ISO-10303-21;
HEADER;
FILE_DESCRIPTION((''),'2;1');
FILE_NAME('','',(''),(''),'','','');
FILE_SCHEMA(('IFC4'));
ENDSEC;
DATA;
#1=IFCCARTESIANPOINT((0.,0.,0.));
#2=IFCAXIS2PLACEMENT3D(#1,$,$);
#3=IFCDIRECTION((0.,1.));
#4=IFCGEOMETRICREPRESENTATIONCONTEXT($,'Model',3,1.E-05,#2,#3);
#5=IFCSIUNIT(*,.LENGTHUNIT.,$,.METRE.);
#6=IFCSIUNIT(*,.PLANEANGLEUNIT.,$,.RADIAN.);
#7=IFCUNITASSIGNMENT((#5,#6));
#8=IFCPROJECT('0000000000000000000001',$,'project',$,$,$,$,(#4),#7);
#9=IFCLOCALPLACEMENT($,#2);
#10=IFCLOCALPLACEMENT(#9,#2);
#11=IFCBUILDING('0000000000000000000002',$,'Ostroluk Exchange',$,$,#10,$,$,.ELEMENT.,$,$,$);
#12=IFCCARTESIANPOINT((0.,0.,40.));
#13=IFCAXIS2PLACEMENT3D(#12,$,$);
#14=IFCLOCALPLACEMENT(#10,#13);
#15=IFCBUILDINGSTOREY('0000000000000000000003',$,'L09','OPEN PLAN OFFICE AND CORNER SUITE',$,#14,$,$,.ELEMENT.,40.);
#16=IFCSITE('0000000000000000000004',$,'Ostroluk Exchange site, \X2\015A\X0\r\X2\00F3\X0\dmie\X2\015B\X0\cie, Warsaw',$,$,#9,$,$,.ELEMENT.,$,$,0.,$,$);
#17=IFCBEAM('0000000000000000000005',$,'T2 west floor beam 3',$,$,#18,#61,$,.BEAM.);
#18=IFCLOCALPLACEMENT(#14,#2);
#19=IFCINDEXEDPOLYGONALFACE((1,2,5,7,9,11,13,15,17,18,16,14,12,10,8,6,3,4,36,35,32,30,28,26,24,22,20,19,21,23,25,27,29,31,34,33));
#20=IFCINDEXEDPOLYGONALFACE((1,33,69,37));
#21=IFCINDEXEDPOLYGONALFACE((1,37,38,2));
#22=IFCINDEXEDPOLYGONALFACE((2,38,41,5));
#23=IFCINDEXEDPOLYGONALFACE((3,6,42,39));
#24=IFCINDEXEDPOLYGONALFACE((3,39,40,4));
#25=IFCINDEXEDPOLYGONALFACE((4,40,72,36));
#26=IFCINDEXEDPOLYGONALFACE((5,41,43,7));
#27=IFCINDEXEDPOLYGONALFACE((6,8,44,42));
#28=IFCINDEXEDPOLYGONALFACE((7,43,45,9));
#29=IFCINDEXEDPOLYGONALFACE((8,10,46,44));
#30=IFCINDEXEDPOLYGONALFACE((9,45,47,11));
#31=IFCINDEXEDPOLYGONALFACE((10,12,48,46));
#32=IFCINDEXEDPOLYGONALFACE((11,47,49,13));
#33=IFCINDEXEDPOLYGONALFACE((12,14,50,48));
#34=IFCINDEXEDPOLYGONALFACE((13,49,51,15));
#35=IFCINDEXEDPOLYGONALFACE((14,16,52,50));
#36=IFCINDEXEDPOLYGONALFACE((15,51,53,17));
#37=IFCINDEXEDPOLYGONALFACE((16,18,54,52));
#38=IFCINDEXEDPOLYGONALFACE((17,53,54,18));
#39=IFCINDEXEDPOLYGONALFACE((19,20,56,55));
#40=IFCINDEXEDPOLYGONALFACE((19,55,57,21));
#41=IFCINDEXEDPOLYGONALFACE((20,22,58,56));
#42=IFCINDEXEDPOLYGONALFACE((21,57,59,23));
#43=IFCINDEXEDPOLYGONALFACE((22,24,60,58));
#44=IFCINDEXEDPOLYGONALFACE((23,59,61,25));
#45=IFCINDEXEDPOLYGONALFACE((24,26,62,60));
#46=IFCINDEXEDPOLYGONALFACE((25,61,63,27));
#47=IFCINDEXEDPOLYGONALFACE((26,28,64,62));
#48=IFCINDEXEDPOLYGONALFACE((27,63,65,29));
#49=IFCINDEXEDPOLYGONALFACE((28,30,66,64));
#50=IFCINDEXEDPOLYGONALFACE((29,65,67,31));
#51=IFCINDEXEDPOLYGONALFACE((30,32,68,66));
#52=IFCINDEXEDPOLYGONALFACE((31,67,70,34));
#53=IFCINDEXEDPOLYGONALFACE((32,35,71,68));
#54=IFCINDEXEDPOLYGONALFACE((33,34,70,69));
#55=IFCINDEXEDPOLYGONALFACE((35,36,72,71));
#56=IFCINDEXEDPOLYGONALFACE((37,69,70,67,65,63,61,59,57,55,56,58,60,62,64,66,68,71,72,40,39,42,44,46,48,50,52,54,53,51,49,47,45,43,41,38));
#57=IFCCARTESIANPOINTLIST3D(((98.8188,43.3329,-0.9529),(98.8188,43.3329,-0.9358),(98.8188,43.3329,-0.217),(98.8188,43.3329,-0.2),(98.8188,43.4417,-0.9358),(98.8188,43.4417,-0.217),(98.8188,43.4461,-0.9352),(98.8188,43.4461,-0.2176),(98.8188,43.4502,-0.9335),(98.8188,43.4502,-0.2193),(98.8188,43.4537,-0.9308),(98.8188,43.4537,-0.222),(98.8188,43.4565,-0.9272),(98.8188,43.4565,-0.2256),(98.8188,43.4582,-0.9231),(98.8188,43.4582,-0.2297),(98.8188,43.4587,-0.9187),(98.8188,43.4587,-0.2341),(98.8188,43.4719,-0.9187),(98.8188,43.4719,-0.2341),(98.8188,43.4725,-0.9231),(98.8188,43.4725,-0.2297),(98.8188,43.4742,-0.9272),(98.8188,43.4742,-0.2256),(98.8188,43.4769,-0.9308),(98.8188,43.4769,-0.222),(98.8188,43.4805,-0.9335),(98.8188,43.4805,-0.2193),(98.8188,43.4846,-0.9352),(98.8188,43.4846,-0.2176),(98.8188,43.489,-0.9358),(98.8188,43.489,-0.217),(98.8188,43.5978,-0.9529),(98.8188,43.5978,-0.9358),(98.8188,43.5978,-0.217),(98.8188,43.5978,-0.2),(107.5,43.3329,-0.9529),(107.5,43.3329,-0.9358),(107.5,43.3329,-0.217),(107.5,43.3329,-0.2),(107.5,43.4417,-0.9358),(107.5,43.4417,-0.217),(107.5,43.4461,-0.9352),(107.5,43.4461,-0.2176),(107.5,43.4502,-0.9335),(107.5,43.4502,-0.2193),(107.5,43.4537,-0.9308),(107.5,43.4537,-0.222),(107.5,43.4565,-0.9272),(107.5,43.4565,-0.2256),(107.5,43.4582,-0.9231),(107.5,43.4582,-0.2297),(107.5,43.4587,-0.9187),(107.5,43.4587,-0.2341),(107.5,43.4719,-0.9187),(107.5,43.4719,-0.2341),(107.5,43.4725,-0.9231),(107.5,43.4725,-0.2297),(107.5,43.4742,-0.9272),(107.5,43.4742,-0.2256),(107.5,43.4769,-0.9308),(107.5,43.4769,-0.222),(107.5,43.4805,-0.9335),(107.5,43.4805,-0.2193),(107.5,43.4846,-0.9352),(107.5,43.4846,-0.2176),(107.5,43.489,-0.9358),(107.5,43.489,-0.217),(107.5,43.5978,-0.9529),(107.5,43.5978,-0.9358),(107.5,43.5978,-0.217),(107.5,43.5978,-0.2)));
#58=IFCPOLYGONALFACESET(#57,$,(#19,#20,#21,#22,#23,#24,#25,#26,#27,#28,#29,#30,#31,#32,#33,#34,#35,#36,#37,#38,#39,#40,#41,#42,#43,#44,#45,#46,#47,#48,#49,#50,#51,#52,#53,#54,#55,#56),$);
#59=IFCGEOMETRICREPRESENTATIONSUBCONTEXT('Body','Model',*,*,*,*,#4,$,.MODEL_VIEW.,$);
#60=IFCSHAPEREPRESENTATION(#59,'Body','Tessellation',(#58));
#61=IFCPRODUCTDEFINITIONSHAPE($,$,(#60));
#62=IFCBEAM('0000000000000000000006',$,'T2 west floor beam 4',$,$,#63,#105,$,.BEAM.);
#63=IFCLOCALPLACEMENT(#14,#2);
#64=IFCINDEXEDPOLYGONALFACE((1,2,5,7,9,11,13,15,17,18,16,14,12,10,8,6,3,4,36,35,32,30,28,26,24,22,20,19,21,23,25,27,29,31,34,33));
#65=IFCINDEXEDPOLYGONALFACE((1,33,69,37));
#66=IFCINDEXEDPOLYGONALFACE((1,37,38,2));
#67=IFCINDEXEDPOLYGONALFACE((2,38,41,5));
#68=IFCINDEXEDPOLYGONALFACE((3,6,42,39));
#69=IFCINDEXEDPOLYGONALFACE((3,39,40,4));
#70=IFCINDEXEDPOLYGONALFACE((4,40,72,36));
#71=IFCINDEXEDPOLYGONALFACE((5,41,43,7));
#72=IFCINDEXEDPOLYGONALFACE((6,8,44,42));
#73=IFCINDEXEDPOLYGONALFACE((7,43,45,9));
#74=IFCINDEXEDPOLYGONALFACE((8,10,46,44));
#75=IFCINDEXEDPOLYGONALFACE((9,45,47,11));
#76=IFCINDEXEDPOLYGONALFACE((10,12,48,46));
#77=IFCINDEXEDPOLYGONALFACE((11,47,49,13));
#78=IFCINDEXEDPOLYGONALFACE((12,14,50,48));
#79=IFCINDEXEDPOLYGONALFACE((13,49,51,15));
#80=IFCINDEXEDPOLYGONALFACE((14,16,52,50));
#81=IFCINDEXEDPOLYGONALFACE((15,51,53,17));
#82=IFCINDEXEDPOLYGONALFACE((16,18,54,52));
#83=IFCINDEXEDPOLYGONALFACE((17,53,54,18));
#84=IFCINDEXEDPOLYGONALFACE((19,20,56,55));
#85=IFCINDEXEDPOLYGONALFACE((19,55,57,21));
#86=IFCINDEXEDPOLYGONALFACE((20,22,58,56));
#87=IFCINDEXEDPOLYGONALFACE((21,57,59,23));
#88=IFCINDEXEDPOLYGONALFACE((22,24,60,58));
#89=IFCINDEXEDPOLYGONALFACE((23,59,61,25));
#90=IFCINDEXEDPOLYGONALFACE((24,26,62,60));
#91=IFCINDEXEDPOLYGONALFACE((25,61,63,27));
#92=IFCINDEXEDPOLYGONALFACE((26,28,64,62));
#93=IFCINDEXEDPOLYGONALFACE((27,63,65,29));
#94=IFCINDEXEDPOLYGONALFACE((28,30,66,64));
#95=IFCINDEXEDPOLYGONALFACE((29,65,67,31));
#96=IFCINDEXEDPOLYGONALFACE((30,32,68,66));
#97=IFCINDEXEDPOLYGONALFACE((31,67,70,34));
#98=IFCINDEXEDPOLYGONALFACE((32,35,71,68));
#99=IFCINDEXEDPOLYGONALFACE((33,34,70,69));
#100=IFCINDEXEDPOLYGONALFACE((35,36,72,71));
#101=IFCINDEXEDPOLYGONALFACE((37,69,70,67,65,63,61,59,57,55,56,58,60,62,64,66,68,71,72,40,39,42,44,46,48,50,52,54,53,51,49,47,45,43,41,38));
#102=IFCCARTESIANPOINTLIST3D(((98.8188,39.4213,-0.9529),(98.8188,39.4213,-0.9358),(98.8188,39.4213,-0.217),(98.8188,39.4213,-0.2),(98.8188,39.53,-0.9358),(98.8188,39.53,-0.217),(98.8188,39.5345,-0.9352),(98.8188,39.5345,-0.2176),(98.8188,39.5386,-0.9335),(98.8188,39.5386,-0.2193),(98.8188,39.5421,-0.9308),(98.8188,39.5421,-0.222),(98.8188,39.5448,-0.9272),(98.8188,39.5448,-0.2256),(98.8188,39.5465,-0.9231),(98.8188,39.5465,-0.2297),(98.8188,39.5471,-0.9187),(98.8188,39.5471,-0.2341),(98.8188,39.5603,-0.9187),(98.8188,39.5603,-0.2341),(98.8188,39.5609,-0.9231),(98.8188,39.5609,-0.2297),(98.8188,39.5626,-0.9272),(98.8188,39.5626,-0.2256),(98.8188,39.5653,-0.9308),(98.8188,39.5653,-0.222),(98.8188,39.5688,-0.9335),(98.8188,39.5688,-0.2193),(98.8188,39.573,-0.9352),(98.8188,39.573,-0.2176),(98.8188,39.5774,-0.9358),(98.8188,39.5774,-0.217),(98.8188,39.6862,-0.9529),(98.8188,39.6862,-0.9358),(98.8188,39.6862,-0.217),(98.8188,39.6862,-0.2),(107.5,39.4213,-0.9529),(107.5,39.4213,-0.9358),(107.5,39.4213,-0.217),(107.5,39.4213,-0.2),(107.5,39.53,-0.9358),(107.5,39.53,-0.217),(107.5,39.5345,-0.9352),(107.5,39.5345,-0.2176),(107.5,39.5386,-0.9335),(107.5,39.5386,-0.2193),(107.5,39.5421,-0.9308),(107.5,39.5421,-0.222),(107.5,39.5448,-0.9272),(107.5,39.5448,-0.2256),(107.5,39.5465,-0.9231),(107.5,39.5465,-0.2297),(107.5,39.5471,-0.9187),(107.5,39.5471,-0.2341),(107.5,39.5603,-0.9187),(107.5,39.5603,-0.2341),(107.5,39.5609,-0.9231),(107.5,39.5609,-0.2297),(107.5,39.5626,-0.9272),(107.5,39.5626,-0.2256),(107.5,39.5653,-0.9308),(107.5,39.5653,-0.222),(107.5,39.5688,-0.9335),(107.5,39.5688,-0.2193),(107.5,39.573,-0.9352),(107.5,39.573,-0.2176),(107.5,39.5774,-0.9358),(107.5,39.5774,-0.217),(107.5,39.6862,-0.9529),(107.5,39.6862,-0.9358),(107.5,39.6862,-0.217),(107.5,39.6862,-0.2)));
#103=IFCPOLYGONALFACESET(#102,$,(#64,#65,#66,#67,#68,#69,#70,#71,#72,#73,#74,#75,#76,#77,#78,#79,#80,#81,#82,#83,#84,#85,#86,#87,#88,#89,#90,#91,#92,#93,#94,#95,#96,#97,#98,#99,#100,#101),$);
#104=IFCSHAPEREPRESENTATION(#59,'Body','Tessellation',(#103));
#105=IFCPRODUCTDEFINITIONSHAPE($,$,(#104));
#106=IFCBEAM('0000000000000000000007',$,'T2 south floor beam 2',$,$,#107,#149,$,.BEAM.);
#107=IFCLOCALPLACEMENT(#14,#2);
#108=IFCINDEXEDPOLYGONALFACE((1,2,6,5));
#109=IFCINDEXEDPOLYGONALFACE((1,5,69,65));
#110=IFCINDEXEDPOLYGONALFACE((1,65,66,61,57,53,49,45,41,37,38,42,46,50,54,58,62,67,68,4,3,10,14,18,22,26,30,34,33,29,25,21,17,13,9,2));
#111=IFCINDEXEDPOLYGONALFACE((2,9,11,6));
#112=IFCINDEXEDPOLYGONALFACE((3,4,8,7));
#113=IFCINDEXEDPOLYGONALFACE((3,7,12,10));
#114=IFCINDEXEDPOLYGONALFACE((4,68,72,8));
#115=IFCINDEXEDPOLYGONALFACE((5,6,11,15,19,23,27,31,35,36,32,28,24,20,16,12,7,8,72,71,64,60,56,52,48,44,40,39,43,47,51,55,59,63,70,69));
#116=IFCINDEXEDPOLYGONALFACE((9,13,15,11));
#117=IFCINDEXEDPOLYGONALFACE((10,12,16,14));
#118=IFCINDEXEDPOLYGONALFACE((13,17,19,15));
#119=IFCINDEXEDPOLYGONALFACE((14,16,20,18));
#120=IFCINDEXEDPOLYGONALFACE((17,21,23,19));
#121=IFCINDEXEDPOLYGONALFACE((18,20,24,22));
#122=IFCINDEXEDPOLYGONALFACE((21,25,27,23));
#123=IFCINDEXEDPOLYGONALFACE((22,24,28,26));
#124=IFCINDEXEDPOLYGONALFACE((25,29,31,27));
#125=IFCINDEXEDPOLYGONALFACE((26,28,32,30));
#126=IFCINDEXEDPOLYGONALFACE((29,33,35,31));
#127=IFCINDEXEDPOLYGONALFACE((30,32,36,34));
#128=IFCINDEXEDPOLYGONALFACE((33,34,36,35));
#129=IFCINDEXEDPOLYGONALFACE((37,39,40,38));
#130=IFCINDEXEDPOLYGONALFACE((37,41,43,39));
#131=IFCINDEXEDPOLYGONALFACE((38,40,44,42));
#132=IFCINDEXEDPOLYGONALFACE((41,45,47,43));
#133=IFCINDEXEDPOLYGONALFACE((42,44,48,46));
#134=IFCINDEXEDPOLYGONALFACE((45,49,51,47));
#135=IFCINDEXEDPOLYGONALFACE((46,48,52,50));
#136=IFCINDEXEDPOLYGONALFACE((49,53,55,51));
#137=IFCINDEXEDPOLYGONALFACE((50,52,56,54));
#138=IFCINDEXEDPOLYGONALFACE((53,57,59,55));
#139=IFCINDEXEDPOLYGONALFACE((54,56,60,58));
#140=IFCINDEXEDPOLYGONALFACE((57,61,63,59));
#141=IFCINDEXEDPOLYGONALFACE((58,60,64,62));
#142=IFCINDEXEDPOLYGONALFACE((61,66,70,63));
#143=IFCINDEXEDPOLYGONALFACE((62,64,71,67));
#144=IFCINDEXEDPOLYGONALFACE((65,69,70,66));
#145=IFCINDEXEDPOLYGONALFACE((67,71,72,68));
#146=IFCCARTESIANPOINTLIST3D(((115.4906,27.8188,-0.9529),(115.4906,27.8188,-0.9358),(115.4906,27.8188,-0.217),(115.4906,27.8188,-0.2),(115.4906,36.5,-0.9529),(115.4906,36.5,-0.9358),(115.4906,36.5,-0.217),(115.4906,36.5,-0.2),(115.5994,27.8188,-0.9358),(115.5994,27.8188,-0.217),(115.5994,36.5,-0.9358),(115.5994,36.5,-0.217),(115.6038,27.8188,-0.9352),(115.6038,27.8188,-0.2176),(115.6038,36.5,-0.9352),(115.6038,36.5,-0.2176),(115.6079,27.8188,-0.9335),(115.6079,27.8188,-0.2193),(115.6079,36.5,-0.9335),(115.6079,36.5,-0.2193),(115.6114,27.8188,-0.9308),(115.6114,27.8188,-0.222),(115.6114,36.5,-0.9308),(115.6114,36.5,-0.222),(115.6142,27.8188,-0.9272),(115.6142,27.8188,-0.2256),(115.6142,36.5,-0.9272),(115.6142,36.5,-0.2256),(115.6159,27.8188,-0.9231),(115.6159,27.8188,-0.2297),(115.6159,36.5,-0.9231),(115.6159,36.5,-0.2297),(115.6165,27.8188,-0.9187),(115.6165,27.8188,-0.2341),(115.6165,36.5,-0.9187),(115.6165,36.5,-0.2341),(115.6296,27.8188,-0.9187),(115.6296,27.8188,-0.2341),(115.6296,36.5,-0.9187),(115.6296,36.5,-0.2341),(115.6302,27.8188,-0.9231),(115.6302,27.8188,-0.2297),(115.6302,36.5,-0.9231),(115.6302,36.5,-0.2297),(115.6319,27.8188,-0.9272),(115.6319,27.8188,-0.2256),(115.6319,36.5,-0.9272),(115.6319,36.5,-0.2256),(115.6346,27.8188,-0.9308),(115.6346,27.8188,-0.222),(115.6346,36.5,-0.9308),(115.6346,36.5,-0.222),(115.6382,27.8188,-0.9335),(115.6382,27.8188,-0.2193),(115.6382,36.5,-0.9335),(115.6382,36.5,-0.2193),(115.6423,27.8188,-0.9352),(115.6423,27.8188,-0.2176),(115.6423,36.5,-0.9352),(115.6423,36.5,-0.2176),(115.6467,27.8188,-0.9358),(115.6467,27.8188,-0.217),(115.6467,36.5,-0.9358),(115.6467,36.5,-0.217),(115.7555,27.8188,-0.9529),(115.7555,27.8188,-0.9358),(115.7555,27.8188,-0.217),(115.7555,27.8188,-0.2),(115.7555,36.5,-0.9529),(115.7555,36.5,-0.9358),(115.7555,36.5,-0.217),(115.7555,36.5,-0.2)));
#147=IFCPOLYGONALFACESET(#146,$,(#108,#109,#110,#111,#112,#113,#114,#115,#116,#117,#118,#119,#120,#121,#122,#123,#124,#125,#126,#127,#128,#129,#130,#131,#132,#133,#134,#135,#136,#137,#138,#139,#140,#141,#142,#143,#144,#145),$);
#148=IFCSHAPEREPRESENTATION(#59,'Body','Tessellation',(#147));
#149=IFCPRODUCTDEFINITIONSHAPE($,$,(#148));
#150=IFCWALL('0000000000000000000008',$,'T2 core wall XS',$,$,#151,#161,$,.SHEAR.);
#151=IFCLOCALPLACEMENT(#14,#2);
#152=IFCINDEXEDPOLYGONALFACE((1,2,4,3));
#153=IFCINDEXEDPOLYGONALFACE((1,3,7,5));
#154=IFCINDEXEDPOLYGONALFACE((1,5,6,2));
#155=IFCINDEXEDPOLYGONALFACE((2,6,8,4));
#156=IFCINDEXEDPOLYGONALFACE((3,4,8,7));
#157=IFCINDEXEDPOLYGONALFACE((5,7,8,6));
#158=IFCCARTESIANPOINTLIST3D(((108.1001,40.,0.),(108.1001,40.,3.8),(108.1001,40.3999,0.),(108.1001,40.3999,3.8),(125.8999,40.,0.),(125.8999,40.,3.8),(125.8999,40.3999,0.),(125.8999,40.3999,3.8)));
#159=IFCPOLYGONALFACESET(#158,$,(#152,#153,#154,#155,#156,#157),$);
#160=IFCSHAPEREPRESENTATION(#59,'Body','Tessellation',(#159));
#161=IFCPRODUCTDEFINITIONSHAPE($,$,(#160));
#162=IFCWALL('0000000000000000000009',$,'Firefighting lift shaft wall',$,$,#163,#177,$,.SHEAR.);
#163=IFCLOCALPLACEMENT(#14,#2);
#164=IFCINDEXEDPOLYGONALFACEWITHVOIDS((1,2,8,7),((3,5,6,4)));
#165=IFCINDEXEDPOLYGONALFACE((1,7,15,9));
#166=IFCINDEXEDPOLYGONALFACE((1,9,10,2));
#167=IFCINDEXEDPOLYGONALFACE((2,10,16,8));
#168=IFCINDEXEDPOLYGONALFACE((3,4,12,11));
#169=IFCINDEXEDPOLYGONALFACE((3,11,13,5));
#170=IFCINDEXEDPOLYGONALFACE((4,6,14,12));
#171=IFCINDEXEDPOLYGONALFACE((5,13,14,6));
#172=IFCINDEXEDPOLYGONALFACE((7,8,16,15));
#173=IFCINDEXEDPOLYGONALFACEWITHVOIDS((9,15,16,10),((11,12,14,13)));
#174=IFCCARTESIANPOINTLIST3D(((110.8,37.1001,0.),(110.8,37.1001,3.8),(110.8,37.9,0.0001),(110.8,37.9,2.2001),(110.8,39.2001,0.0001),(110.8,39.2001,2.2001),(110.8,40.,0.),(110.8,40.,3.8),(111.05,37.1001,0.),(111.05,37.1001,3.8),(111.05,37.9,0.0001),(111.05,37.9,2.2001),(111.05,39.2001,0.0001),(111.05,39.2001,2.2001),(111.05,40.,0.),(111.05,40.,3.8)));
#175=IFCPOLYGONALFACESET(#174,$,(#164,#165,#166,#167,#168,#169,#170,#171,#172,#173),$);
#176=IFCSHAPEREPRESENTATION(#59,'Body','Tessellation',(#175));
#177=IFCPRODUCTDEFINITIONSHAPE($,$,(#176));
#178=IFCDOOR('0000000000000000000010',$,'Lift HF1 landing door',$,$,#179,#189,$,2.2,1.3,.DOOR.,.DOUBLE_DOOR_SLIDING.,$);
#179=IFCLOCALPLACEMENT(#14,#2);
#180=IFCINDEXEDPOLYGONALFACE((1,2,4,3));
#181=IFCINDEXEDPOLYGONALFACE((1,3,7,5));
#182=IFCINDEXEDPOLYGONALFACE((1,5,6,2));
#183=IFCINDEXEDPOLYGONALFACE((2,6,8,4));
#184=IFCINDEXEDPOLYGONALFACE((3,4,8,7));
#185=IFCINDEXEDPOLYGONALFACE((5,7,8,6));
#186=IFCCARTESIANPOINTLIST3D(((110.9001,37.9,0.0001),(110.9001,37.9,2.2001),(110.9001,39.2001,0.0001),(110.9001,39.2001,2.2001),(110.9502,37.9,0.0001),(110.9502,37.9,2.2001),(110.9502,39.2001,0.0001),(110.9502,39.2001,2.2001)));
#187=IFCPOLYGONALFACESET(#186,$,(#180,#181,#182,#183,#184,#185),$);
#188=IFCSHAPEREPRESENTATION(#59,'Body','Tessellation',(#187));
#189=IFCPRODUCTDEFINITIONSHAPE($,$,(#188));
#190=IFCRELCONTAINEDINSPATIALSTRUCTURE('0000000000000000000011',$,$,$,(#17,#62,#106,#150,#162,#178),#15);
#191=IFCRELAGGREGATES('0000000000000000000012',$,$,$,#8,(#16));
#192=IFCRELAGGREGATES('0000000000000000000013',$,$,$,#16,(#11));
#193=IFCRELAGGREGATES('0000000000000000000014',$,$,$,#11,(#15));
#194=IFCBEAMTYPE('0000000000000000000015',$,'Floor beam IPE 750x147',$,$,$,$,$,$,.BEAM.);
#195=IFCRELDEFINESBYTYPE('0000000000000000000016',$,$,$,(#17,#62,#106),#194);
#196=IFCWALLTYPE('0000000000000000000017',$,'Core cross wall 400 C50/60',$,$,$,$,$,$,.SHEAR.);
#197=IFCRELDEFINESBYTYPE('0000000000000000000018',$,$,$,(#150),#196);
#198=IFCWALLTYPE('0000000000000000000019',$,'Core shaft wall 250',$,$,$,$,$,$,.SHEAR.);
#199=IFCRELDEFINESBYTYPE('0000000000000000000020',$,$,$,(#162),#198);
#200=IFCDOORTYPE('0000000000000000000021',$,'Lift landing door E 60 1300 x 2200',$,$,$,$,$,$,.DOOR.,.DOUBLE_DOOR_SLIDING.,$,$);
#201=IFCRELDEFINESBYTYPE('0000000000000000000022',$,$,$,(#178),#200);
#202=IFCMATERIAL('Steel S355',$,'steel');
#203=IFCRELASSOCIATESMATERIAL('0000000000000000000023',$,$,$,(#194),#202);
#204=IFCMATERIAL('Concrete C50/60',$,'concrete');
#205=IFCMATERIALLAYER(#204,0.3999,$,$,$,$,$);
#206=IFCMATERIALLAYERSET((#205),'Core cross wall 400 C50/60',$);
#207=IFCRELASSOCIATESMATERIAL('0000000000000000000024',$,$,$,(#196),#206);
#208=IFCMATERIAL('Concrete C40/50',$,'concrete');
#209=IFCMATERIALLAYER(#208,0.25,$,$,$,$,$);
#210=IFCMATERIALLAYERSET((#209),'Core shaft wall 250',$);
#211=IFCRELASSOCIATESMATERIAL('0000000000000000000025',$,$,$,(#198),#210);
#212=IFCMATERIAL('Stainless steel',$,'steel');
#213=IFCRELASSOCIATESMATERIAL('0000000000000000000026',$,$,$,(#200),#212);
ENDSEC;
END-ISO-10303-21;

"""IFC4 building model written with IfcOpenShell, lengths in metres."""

from ifc_helpers import new_model, si_unit, direction, frame, frame_2d, origin, origin_2d, place, context, subcontext, project, spatial, rectangle, i_section, extrude, material, layer, layer_set, material_profile, profile_set, type_object, element, fill, save


model = new_model("IFC4")

# Units and contexts
model_context = context("Model", 3, precision=1e-05, world=origin(), true_north=direction((0.0, 1.0)))
body_context = subcontext(model_context, "Body", "Model", "MODEL_VIEW")
ifc_project = project(units=[si_unit("LENGTHUNIT", "METRE"), si_unit("PLANEANGLEUNIT", "RADIAN")], contexts=[model_context])

# Site, building, storey
site_placement = place(None, origin())
site = spatial("IfcSite", under=ifc_project, at=site_placement, Name="Ostroluk Exchange site, Śródmieście, Warsaw", CompositionType="ELEMENT", RefElevation=0.0)
building_placement = place(site_placement, origin())
building = spatial("IfcBuilding", under=site, at=building_placement, Name="Ostroluk Exchange", CompositionType="ELEMENT")
storey_placement = place(building_placement, frame((0.0, 0.0, 40.0)))
storey = spatial("IfcBuildingStorey", under=building, at=storey_placement, Name="L09", Description="OPEN PLAN OFFICE AND CORNER SUITE", CompositionType="ELEMENT", Elevation=40.0)

# Beams
ifc_material_1 = material(Name="Steel S355", Category="steel")
ifc_material_profile = material_profile(ifc_material_1, i_section(OverallWidth=0.2649, OverallDepth=0.7529, WebThickness=0.0132, FlangeThickness=0.0171, FilletRadius=0.0171, at=origin_2d()), Name="IPE 750x147")
ifc_profile_set = profile_set([ifc_material_profile], Name="Steel S355")
beam_type = type_object("IfcBeamType", Name="Floor beam IPE 750x147", PredefinedType="BEAM", material=ifc_profile_set)
for number, where, z_axis, x_axis, name in (
    (1, (107.5, 43.4653, -0.5764), (-1.0, 0.0, 0.0), (0.0, -1.0, 0.0), "T2 west floor beam 3"),
    (2, (107.5, 39.5537, -0.5764), (-1.0, 0.0, 0.0), (0.0, -1.0, 0.0), "T2 west floor beam 4"),
    (3, (115.623, 36.5, -0.5764), (0.0, -1.0, 0.0), (1.0, 0.0, 0.0), "T2 south floor beam 2"),
):
    element("IfcBeam", number, at=place(storey_placement, frame(where, z_axis=z_axis, x_axis=x_axis)), inside=storey, type_object=beam_type, Name=name, PredefinedType="BEAM", context=body_context, shape_type="SweptSolid", body=[
        extrude(i_section(OverallWidth=0.2649, OverallDepth=0.7529, WebThickness=0.0132, FlangeThickness=0.0171, FilletRadius=0.0171, at=origin_2d()), origin(), (0.0, 0.0, 1.0), 8.6812),
    ])

# Wall
ifc_material_2 = material(Name="Concrete C50/60", Category="concrete")
ifc_layer_1 = layer(ifc_material_2, 0.3999)
ifc_layer_set_1 = layer_set([ifc_layer_1], Name="Core cross wall 400 C50/60")
wall_type_1 = type_object("IfcWallType", Name="Core cross wall 400 C50/60", PredefinedType="SHEAR", material=ifc_layer_set_1)
wall_1_placement = place(storey_placement, frame((108.1001, 40.2, 0.0), z_axis=(0.0, 0.0, 1.0), x_axis=(1.0, 0.0, 0.0)))
element("IfcWall", 4, at=wall_1_placement, inside=storey, type_object=wall_type_1, Name="T2 core wall XS", PredefinedType="SHEAR", context=body_context, shape_type="SweptSolid", body=[
    extrude(rectangle(XDim=17.7998, YDim=0.3999, at=frame_2d((8.8999, 0.0))), origin(), (0.0, 0.0, 1.0), 3.8),
])

# Wall, opening, door
ifc_material_3 = material(Name="Concrete C40/50", Category="concrete")
ifc_layer_2 = layer(ifc_material_3, 0.25)
ifc_layer_set_2 = layer_set([ifc_layer_2], Name="Core shaft wall 250")
wall_type_2 = type_object("IfcWallType", Name="Core shaft wall 250", PredefinedType="SHEAR", material=ifc_layer_set_2)
wall_2_placement = place(storey_placement, frame((110.925, 37.1001, 0.0), z_axis=(0.0, 0.0, 1.0), x_axis=(0.0, 1.0, 0.0)))
wall_2 = element("IfcWall", 5, at=wall_2_placement, inside=storey, type_object=wall_type_2, Name="Firefighting lift shaft wall", PredefinedType="SHEAR", context=body_context, shape_type="SweptSolid", body=[
    extrude(rectangle(XDim=2.8999, YDim=0.25, at=frame_2d((1.45, 0.0))), origin(), (0.0, 0.0, 1.0), 3.8),
])
opening_1_placement = place(wall_2_placement, frame((0.8, 0.0, 0.0)))
opening_1 = element("IfcOpeningElement", 6, at=opening_1_placement, cuts=wall_2, PredefinedType="OPENING", context=body_context, shape_type="SweptSolid", body=[
    extrude(rectangle(XDim=1.3, YDim=2.2, at=frame_2d((0.6499, 1.1001))), frame((0.0, 0.135, 0.0), z_axis=(0.0, -1.0, 0.0), x_axis=(1.0, 0.0, 0.0)), (0.0, 0.0, 1.0), 0.27),
])
ifc_material_4 = material(Name="Stainless steel", Category="steel")
door_type_1 = type_object("IfcDoorType", Name="Lift landing door E 60 1300 x 2200", OperationType="DOUBLE_DOOR_SLIDING", PredefinedType="DOOR", material=ifc_material_4)
door_1_placement = place(opening_1_placement, origin())
door_1 = element("IfcDoor", 7, at=door_1_placement, inside=storey, type_object=door_type_1, Name="Lift HF1 landing door", OperationType="DOUBLE_DOOR_SLIDING", OverallHeight=2.2, OverallWidth=1.3, PredefinedType="DOOR", context=body_context, shape_type="SweptSolid", body=[
    extrude(rectangle(XDim=1.3, YDim=2.2, at=frame_2d((0.6499, 1.1001))), frame((0.0, 0.0249, 0.0), z_axis=(0.0, -1.0, 0.0), x_axis=(1.0, 0.0, 0.0)), (0.0, 0.0, 1.0), 0.05),
])
fill(opening_1, door_1)

save(model, "model.ifc")
